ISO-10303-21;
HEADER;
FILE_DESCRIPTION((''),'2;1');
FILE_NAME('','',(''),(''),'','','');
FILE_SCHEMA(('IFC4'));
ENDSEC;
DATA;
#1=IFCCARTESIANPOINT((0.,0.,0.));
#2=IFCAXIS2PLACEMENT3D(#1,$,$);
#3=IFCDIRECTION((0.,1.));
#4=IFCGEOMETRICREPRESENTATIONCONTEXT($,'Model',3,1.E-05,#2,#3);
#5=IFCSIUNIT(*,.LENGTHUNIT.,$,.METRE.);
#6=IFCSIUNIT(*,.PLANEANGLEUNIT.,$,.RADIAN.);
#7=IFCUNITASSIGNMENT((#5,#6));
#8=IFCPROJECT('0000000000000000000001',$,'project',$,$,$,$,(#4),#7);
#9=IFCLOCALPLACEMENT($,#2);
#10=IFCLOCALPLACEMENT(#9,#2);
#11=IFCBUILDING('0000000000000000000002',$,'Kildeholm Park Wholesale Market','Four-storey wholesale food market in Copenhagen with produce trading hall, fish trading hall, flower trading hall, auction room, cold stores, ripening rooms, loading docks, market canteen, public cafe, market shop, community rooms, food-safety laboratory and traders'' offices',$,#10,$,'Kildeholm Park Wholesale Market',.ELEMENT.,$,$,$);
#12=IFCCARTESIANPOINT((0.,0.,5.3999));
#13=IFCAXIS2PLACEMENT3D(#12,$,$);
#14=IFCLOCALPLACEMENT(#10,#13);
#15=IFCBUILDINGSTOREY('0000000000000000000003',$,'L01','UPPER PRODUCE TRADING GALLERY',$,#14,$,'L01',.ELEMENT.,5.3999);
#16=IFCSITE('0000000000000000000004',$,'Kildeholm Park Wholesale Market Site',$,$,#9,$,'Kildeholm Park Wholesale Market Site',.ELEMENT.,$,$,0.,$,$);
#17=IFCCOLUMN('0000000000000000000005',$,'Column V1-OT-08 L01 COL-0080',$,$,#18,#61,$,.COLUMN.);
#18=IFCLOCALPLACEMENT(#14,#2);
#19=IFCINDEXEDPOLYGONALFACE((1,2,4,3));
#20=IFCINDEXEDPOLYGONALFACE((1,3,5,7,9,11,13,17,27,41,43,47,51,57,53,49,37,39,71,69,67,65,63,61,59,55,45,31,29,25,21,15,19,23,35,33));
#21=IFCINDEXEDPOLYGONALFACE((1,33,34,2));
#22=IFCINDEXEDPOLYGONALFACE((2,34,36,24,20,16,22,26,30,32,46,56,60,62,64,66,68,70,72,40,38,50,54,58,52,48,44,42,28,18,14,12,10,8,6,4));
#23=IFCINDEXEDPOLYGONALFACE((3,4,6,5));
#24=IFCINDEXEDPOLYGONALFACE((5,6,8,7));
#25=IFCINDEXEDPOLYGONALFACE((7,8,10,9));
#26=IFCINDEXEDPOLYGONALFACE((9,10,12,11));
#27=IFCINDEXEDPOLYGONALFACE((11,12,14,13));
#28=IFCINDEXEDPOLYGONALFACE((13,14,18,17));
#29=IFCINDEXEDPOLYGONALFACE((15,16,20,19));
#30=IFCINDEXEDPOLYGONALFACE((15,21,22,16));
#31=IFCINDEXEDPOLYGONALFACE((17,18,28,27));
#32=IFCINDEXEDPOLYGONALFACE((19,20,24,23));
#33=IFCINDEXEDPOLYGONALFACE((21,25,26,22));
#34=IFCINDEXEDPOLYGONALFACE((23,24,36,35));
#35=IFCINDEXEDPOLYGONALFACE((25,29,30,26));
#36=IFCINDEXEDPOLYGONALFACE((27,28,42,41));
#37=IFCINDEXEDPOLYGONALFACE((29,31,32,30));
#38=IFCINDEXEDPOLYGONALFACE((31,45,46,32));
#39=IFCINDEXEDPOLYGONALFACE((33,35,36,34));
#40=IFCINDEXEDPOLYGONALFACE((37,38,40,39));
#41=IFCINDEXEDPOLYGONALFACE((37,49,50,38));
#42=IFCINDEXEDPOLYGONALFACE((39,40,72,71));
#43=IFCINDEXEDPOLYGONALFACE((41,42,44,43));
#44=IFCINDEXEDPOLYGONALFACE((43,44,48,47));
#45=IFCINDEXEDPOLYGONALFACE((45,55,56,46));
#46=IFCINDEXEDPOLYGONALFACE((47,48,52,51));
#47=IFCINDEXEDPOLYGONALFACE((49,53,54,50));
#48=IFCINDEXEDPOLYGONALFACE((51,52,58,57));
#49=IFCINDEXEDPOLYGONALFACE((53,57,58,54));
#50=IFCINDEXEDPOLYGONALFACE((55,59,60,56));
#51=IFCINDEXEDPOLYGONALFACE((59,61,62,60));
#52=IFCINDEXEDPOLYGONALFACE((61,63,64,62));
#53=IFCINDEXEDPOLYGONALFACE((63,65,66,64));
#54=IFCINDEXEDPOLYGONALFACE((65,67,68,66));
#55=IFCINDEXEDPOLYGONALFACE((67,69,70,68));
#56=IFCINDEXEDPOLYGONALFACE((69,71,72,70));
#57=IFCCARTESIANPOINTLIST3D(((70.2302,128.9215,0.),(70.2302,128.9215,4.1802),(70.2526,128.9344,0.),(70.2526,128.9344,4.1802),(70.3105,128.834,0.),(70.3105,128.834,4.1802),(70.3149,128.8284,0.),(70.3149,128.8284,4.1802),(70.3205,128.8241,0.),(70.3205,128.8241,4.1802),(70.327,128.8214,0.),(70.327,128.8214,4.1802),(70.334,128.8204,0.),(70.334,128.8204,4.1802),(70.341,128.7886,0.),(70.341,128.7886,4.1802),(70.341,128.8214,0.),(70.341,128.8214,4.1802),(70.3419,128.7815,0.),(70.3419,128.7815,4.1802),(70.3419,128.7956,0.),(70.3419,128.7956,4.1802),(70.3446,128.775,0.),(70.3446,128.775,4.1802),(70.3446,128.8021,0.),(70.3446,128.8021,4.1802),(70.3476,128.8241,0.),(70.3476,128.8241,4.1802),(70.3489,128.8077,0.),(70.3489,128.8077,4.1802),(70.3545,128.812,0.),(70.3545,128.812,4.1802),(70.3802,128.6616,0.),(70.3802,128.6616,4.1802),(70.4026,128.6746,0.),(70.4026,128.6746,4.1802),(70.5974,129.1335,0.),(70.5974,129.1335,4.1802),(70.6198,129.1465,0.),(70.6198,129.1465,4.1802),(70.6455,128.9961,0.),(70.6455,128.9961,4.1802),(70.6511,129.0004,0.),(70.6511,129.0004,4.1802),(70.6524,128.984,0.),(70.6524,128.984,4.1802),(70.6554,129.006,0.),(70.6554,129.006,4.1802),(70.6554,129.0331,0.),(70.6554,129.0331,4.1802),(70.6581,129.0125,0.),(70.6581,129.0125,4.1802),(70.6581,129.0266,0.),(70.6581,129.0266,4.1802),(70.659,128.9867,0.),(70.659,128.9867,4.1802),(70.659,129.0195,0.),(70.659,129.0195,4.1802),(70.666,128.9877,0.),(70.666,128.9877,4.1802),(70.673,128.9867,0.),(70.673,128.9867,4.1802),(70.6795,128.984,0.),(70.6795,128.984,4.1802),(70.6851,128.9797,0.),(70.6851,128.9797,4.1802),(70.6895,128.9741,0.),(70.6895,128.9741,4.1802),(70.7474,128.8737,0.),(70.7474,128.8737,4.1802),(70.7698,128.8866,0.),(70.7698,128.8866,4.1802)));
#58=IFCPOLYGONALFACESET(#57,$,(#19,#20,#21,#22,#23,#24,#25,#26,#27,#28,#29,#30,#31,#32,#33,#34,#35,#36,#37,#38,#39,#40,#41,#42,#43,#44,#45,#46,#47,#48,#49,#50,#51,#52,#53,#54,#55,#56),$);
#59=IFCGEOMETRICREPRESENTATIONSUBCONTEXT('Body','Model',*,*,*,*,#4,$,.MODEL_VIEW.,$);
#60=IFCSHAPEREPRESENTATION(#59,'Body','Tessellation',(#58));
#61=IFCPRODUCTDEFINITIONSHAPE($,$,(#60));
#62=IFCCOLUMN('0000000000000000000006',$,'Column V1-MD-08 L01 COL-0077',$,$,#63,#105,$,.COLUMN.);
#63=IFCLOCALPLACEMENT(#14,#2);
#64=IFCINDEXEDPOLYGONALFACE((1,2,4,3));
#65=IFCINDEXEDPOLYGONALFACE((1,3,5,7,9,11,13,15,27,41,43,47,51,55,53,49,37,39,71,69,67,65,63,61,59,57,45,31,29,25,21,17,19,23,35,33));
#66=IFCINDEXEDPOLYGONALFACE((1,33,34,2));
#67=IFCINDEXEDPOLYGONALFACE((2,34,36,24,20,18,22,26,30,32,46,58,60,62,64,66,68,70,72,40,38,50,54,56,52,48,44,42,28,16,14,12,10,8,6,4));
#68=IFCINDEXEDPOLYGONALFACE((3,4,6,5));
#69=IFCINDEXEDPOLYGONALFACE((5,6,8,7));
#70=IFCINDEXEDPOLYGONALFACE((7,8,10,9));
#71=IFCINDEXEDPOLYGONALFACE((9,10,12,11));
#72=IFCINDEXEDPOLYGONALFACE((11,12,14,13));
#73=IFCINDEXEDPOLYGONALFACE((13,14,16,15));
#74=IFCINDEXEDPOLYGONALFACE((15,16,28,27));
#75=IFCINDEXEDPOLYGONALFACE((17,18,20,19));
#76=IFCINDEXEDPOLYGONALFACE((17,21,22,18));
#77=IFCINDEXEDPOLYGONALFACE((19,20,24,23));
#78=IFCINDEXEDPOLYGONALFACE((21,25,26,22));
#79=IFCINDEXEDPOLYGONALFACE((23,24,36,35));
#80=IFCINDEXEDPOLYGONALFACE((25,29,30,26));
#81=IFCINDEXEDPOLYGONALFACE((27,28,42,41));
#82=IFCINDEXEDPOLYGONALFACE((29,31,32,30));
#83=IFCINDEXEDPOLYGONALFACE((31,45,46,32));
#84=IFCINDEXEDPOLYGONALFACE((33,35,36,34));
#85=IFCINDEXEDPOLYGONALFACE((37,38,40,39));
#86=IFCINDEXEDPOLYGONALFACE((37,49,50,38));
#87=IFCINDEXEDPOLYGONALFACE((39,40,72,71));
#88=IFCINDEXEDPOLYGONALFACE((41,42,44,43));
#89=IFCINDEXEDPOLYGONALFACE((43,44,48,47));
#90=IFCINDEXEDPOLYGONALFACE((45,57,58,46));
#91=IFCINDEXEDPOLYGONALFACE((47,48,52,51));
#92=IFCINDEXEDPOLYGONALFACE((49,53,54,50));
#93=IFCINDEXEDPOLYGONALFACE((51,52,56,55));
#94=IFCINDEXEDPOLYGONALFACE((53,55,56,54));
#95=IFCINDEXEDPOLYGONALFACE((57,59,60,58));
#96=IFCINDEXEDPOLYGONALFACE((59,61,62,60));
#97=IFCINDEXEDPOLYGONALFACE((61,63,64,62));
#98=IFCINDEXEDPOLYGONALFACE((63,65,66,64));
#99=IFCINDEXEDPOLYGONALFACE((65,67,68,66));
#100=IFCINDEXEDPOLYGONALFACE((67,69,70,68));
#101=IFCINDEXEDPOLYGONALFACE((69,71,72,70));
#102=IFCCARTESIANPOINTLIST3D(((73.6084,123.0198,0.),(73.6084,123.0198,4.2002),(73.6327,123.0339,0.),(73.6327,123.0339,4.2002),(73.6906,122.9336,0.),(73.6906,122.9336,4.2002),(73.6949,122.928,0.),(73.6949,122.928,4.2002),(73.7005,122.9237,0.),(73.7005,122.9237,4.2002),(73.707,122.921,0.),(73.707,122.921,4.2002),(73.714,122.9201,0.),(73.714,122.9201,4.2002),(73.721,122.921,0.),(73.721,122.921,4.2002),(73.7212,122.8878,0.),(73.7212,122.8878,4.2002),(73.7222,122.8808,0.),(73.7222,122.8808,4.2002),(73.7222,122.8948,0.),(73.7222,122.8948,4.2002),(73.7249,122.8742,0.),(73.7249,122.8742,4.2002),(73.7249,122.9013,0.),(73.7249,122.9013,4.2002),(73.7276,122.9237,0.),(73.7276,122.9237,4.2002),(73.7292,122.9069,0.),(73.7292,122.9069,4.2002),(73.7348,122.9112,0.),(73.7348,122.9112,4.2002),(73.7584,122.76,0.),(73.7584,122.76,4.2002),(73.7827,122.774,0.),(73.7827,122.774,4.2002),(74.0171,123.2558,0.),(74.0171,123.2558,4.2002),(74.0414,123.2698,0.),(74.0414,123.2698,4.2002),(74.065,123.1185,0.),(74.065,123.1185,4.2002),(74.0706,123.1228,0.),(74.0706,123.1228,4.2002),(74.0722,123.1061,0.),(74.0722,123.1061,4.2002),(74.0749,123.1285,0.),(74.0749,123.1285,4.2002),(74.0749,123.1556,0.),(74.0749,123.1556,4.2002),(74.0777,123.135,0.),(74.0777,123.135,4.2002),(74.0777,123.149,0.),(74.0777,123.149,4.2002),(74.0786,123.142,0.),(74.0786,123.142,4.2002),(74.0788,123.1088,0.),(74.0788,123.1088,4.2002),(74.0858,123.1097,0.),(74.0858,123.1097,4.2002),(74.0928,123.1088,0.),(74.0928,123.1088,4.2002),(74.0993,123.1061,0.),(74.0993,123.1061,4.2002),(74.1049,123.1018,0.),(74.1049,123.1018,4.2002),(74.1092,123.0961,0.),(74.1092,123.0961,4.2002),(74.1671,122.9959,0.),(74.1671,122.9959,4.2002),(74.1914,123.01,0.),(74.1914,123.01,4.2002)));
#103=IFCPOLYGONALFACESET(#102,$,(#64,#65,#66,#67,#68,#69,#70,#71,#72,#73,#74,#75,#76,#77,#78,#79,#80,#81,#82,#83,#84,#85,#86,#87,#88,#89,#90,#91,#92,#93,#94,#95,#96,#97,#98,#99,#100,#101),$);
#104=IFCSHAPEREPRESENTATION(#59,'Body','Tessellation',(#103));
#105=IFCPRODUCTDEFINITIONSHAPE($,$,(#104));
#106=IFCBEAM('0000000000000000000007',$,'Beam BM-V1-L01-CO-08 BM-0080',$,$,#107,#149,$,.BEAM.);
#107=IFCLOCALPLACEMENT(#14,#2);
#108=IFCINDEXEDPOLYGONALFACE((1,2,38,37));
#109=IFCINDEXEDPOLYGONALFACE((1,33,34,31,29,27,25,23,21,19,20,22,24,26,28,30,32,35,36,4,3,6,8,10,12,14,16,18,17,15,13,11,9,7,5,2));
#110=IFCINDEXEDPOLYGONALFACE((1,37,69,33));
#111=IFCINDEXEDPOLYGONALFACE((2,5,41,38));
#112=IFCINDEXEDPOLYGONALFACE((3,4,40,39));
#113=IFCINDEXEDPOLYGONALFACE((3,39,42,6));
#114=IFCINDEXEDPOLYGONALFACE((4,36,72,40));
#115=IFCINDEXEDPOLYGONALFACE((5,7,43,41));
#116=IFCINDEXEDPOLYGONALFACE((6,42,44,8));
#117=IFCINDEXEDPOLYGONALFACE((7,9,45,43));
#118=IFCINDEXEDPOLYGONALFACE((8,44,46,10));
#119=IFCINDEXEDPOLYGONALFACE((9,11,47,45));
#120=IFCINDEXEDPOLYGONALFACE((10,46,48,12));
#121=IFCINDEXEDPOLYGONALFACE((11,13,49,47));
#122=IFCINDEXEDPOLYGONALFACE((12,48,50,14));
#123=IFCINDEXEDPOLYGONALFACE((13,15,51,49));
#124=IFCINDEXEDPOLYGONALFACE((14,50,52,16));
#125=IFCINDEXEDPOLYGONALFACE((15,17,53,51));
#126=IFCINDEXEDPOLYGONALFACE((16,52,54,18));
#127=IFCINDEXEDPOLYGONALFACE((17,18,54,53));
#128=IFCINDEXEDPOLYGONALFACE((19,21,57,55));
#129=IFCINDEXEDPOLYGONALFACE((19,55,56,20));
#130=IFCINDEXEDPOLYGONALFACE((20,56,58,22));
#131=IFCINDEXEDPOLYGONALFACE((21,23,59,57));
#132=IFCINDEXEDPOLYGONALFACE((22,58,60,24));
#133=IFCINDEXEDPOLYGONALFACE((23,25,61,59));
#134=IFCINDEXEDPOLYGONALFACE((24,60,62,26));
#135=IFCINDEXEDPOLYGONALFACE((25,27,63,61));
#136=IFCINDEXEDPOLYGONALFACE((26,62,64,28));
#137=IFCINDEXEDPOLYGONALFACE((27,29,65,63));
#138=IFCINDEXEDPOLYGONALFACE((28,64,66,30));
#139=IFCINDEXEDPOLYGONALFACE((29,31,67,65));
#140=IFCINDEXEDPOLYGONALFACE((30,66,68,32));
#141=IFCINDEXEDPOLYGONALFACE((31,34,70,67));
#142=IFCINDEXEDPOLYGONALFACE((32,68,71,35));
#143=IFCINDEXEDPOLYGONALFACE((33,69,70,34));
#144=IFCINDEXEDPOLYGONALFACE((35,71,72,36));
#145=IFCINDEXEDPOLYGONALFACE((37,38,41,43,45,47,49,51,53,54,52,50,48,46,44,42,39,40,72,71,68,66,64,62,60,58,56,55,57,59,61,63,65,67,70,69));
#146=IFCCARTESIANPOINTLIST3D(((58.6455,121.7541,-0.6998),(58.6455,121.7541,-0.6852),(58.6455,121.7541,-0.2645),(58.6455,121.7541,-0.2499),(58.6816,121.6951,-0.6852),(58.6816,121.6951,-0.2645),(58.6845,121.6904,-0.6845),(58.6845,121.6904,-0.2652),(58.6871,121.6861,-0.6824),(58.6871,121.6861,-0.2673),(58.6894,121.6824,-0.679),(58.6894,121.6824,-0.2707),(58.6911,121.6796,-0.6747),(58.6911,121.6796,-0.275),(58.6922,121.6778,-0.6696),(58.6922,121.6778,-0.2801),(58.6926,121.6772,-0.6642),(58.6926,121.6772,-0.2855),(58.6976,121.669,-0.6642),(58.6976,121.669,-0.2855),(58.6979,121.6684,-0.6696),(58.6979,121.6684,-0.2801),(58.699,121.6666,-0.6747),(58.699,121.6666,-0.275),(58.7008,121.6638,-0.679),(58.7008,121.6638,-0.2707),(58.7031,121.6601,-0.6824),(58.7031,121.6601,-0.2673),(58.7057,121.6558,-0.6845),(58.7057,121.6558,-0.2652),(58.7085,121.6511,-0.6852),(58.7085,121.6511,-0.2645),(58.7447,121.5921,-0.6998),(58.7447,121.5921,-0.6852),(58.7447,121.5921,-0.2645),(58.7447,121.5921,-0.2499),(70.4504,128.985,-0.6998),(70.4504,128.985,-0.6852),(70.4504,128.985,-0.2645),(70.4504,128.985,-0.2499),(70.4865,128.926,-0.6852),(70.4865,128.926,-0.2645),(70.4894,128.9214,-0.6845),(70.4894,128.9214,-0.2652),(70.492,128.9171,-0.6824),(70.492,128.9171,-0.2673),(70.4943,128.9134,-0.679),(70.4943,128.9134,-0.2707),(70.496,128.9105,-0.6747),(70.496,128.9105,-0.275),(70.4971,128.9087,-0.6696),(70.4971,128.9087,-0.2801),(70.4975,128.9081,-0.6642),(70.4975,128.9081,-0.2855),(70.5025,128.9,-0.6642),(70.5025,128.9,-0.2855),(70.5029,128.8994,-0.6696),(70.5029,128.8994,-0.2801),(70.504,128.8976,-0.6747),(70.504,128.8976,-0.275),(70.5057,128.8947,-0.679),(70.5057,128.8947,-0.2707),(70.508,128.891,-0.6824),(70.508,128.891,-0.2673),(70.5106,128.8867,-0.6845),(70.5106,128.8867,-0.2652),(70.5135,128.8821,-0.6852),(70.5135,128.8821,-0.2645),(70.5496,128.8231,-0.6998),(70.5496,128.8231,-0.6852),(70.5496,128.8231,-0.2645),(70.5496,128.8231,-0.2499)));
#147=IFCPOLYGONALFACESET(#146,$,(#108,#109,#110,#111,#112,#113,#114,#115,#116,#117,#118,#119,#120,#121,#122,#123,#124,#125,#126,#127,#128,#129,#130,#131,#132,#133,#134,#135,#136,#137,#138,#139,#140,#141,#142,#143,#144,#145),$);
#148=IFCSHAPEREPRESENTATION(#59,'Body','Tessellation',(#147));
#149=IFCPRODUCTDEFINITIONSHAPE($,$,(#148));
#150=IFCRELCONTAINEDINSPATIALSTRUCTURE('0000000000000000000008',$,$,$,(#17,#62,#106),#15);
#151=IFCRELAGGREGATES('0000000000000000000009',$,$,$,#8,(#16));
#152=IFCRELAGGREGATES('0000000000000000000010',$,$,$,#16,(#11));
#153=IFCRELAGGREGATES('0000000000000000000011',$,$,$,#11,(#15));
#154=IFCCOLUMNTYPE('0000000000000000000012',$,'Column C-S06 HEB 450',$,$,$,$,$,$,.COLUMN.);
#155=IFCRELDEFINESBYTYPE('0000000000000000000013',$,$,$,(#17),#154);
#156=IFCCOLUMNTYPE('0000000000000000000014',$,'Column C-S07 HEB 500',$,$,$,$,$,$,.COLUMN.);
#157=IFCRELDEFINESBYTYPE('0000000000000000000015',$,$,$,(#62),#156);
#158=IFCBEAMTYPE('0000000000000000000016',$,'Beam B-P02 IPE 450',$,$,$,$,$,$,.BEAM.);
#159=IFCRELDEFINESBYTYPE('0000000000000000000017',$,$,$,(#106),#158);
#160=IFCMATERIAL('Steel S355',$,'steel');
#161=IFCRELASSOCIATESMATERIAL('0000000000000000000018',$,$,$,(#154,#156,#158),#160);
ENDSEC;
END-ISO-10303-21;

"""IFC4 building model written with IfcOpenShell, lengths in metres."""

from ifc_helpers import new_model, si_unit, direction, frame, origin, origin_2d, place, context, subcontext, project, spatial, i_section, extrude, material, material_profile, profile_set, type_object, element, save


model = new_model("IFC4")

# Units and contexts
model_context = context("Model", 3, precision=1e-05, world=origin(), true_north=direction((0.0, 1.0)))
body_context = subcontext(model_context, "Body", "Model", "MODEL_VIEW")
ifc_project = project(units=[si_unit("LENGTHUNIT", "METRE"), si_unit("PLANEANGLEUNIT", "RADIAN")], contexts=[model_context])

# Site, building, storey
site_placement = place(None, origin())
site = spatial("IfcSite", under=ifc_project, at=site_placement, Name="Kildeholm Park Wholesale Market Site", LongName="Kildeholm Park Wholesale Market Site", CompositionType="ELEMENT", RefElevation=0.0)
building_placement = place(site_placement, origin())
building = spatial("IfcBuilding", under=site, at=building_placement, Name="Kildeholm Park Wholesale Market", Description="Four-storey wholesale food market in Copenhagen with produce trading hall, fish trading hall, flower trading hall, auction room, cold stores, ripening rooms, loading docks, market canteen, public cafe, market shop, community rooms, food-safety laboratory and traders' offices", LongName="Kildeholm Park Wholesale Market", CompositionType="ELEMENT")
storey_placement = place(building_placement, frame((0.0, 0.0, 5.3999)))
storey = spatial("IfcBuildingStorey", under=building, at=storey_placement, Name="L01", Description="UPPER PRODUCE TRADING GALLERY", LongName="L01", CompositionType="ELEMENT", Elevation=5.3999)

# Columns
ifc_material_1 = material(Name="Steel S355", Category="steel")
ifc_material_profile_1 = material_profile(ifc_material_1, i_section(OverallWidth=0.3, OverallDepth=0.45, WebThickness=0.0139, FlangeThickness=0.0259, FilletRadius=0.0271, at=origin_2d()), Name="HEB 450")
ifc_profile_set_1 = profile_set([ifc_material_profile_1], Name="Steel S355")
column_type_1 = type_object("IfcColumnType", Name="Column C-S06 HEB 450", PredefinedType="COLUMN", material=ifc_profile_set_1)
column_1_placement = place(storey_placement, frame((70.5, 128.9041, 0.0), z_axis=(0.0, 0.0, 1.0), x_axis=(-0.5, 0.866025, 0.0)))
element("IfcColumn", 1, at=column_1_placement, inside=storey, type_object=column_type_1, Name="Column V1-OT-08 L01 COL-0080", PredefinedType="COLUMN", context=body_context, shape_type="SweptSolid", body=[
    extrude(i_section(OverallWidth=0.3, OverallDepth=0.45, WebThickness=0.0139, FlangeThickness=0.0259, FilletRadius=0.0271, at=origin_2d()), origin(), (0.0, 0.0, 1.0), 4.1802),
])
ifc_material_profile_2 = material_profile(ifc_material_1, i_section(OverallWidth=0.3, OverallDepth=0.5, WebThickness=0.0144, FlangeThickness=0.0281, FilletRadius=0.0271, at=origin_2d()), Name="HEB 500")
ifc_profile_set_2 = profile_set([ifc_material_profile_2], Name="Steel S355")
column_type_2 = type_object("IfcColumnType", Name="Column C-S07 HEB 500", PredefinedType="COLUMN", material=ifc_profile_set_2)
column_2_placement = place(storey_placement, frame((73.8999, 123.0149, 0.0), z_axis=(0.0, 0.0, 1.0), x_axis=(-0.5, 0.866025, 0.0)))
element("IfcColumn", 2, at=column_2_placement, inside=storey, type_object=column_type_2, Name="Column V1-MD-08 L01 COL-0077", PredefinedType="COLUMN", context=body_context, shape_type="SweptSolid", body=[
    extrude(i_section(OverallWidth=0.3, OverallDepth=0.5, WebThickness=0.0144, FlangeThickness=0.0281, FilletRadius=0.0271, at=origin_2d()), origin(), (0.0, 0.0, 1.0), 4.2002),
])

# Beam
ifc_material_profile_3 = material_profile(ifc_material_1, i_section(OverallWidth=0.1899, OverallDepth=0.45, WebThickness=0.0095, FlangeThickness=0.0146, FilletRadius=0.021, at=origin_2d()), Name="IPE 450")
ifc_profile_set_3 = profile_set([ifc_material_profile_3], Name="Steel S355")
beam_type_1 = type_object("IfcBeamType", Name="Beam B-P02 IPE 450", PredefinedType="BEAM", material=ifc_profile_set_3)
beam_1_placement = place(storey_placement, frame((70.5, 128.9041, -0.4749), z_axis=(-0.85274, -0.522335, 0.0), x_axis=(0.522335, -0.85274, 0.0)))
element("IfcBeam", 3, at=beam_1_placement, inside=storey, type_object=beam_type_1, Name="Beam BM-V1-L01-CO-08 BM-0080", PredefinedType="BEAM", context=body_context, shape_type="SweptSolid", body=[
    extrude(i_section(OverallWidth=0.1899, OverallDepth=0.45, WebThickness=0.0095, FlangeThickness=0.0146, FilletRadius=0.021, at=origin_2d()), origin(), (0.0, 0.0, 1.0), 13.8435),
])

save(model, "model.ifc")
